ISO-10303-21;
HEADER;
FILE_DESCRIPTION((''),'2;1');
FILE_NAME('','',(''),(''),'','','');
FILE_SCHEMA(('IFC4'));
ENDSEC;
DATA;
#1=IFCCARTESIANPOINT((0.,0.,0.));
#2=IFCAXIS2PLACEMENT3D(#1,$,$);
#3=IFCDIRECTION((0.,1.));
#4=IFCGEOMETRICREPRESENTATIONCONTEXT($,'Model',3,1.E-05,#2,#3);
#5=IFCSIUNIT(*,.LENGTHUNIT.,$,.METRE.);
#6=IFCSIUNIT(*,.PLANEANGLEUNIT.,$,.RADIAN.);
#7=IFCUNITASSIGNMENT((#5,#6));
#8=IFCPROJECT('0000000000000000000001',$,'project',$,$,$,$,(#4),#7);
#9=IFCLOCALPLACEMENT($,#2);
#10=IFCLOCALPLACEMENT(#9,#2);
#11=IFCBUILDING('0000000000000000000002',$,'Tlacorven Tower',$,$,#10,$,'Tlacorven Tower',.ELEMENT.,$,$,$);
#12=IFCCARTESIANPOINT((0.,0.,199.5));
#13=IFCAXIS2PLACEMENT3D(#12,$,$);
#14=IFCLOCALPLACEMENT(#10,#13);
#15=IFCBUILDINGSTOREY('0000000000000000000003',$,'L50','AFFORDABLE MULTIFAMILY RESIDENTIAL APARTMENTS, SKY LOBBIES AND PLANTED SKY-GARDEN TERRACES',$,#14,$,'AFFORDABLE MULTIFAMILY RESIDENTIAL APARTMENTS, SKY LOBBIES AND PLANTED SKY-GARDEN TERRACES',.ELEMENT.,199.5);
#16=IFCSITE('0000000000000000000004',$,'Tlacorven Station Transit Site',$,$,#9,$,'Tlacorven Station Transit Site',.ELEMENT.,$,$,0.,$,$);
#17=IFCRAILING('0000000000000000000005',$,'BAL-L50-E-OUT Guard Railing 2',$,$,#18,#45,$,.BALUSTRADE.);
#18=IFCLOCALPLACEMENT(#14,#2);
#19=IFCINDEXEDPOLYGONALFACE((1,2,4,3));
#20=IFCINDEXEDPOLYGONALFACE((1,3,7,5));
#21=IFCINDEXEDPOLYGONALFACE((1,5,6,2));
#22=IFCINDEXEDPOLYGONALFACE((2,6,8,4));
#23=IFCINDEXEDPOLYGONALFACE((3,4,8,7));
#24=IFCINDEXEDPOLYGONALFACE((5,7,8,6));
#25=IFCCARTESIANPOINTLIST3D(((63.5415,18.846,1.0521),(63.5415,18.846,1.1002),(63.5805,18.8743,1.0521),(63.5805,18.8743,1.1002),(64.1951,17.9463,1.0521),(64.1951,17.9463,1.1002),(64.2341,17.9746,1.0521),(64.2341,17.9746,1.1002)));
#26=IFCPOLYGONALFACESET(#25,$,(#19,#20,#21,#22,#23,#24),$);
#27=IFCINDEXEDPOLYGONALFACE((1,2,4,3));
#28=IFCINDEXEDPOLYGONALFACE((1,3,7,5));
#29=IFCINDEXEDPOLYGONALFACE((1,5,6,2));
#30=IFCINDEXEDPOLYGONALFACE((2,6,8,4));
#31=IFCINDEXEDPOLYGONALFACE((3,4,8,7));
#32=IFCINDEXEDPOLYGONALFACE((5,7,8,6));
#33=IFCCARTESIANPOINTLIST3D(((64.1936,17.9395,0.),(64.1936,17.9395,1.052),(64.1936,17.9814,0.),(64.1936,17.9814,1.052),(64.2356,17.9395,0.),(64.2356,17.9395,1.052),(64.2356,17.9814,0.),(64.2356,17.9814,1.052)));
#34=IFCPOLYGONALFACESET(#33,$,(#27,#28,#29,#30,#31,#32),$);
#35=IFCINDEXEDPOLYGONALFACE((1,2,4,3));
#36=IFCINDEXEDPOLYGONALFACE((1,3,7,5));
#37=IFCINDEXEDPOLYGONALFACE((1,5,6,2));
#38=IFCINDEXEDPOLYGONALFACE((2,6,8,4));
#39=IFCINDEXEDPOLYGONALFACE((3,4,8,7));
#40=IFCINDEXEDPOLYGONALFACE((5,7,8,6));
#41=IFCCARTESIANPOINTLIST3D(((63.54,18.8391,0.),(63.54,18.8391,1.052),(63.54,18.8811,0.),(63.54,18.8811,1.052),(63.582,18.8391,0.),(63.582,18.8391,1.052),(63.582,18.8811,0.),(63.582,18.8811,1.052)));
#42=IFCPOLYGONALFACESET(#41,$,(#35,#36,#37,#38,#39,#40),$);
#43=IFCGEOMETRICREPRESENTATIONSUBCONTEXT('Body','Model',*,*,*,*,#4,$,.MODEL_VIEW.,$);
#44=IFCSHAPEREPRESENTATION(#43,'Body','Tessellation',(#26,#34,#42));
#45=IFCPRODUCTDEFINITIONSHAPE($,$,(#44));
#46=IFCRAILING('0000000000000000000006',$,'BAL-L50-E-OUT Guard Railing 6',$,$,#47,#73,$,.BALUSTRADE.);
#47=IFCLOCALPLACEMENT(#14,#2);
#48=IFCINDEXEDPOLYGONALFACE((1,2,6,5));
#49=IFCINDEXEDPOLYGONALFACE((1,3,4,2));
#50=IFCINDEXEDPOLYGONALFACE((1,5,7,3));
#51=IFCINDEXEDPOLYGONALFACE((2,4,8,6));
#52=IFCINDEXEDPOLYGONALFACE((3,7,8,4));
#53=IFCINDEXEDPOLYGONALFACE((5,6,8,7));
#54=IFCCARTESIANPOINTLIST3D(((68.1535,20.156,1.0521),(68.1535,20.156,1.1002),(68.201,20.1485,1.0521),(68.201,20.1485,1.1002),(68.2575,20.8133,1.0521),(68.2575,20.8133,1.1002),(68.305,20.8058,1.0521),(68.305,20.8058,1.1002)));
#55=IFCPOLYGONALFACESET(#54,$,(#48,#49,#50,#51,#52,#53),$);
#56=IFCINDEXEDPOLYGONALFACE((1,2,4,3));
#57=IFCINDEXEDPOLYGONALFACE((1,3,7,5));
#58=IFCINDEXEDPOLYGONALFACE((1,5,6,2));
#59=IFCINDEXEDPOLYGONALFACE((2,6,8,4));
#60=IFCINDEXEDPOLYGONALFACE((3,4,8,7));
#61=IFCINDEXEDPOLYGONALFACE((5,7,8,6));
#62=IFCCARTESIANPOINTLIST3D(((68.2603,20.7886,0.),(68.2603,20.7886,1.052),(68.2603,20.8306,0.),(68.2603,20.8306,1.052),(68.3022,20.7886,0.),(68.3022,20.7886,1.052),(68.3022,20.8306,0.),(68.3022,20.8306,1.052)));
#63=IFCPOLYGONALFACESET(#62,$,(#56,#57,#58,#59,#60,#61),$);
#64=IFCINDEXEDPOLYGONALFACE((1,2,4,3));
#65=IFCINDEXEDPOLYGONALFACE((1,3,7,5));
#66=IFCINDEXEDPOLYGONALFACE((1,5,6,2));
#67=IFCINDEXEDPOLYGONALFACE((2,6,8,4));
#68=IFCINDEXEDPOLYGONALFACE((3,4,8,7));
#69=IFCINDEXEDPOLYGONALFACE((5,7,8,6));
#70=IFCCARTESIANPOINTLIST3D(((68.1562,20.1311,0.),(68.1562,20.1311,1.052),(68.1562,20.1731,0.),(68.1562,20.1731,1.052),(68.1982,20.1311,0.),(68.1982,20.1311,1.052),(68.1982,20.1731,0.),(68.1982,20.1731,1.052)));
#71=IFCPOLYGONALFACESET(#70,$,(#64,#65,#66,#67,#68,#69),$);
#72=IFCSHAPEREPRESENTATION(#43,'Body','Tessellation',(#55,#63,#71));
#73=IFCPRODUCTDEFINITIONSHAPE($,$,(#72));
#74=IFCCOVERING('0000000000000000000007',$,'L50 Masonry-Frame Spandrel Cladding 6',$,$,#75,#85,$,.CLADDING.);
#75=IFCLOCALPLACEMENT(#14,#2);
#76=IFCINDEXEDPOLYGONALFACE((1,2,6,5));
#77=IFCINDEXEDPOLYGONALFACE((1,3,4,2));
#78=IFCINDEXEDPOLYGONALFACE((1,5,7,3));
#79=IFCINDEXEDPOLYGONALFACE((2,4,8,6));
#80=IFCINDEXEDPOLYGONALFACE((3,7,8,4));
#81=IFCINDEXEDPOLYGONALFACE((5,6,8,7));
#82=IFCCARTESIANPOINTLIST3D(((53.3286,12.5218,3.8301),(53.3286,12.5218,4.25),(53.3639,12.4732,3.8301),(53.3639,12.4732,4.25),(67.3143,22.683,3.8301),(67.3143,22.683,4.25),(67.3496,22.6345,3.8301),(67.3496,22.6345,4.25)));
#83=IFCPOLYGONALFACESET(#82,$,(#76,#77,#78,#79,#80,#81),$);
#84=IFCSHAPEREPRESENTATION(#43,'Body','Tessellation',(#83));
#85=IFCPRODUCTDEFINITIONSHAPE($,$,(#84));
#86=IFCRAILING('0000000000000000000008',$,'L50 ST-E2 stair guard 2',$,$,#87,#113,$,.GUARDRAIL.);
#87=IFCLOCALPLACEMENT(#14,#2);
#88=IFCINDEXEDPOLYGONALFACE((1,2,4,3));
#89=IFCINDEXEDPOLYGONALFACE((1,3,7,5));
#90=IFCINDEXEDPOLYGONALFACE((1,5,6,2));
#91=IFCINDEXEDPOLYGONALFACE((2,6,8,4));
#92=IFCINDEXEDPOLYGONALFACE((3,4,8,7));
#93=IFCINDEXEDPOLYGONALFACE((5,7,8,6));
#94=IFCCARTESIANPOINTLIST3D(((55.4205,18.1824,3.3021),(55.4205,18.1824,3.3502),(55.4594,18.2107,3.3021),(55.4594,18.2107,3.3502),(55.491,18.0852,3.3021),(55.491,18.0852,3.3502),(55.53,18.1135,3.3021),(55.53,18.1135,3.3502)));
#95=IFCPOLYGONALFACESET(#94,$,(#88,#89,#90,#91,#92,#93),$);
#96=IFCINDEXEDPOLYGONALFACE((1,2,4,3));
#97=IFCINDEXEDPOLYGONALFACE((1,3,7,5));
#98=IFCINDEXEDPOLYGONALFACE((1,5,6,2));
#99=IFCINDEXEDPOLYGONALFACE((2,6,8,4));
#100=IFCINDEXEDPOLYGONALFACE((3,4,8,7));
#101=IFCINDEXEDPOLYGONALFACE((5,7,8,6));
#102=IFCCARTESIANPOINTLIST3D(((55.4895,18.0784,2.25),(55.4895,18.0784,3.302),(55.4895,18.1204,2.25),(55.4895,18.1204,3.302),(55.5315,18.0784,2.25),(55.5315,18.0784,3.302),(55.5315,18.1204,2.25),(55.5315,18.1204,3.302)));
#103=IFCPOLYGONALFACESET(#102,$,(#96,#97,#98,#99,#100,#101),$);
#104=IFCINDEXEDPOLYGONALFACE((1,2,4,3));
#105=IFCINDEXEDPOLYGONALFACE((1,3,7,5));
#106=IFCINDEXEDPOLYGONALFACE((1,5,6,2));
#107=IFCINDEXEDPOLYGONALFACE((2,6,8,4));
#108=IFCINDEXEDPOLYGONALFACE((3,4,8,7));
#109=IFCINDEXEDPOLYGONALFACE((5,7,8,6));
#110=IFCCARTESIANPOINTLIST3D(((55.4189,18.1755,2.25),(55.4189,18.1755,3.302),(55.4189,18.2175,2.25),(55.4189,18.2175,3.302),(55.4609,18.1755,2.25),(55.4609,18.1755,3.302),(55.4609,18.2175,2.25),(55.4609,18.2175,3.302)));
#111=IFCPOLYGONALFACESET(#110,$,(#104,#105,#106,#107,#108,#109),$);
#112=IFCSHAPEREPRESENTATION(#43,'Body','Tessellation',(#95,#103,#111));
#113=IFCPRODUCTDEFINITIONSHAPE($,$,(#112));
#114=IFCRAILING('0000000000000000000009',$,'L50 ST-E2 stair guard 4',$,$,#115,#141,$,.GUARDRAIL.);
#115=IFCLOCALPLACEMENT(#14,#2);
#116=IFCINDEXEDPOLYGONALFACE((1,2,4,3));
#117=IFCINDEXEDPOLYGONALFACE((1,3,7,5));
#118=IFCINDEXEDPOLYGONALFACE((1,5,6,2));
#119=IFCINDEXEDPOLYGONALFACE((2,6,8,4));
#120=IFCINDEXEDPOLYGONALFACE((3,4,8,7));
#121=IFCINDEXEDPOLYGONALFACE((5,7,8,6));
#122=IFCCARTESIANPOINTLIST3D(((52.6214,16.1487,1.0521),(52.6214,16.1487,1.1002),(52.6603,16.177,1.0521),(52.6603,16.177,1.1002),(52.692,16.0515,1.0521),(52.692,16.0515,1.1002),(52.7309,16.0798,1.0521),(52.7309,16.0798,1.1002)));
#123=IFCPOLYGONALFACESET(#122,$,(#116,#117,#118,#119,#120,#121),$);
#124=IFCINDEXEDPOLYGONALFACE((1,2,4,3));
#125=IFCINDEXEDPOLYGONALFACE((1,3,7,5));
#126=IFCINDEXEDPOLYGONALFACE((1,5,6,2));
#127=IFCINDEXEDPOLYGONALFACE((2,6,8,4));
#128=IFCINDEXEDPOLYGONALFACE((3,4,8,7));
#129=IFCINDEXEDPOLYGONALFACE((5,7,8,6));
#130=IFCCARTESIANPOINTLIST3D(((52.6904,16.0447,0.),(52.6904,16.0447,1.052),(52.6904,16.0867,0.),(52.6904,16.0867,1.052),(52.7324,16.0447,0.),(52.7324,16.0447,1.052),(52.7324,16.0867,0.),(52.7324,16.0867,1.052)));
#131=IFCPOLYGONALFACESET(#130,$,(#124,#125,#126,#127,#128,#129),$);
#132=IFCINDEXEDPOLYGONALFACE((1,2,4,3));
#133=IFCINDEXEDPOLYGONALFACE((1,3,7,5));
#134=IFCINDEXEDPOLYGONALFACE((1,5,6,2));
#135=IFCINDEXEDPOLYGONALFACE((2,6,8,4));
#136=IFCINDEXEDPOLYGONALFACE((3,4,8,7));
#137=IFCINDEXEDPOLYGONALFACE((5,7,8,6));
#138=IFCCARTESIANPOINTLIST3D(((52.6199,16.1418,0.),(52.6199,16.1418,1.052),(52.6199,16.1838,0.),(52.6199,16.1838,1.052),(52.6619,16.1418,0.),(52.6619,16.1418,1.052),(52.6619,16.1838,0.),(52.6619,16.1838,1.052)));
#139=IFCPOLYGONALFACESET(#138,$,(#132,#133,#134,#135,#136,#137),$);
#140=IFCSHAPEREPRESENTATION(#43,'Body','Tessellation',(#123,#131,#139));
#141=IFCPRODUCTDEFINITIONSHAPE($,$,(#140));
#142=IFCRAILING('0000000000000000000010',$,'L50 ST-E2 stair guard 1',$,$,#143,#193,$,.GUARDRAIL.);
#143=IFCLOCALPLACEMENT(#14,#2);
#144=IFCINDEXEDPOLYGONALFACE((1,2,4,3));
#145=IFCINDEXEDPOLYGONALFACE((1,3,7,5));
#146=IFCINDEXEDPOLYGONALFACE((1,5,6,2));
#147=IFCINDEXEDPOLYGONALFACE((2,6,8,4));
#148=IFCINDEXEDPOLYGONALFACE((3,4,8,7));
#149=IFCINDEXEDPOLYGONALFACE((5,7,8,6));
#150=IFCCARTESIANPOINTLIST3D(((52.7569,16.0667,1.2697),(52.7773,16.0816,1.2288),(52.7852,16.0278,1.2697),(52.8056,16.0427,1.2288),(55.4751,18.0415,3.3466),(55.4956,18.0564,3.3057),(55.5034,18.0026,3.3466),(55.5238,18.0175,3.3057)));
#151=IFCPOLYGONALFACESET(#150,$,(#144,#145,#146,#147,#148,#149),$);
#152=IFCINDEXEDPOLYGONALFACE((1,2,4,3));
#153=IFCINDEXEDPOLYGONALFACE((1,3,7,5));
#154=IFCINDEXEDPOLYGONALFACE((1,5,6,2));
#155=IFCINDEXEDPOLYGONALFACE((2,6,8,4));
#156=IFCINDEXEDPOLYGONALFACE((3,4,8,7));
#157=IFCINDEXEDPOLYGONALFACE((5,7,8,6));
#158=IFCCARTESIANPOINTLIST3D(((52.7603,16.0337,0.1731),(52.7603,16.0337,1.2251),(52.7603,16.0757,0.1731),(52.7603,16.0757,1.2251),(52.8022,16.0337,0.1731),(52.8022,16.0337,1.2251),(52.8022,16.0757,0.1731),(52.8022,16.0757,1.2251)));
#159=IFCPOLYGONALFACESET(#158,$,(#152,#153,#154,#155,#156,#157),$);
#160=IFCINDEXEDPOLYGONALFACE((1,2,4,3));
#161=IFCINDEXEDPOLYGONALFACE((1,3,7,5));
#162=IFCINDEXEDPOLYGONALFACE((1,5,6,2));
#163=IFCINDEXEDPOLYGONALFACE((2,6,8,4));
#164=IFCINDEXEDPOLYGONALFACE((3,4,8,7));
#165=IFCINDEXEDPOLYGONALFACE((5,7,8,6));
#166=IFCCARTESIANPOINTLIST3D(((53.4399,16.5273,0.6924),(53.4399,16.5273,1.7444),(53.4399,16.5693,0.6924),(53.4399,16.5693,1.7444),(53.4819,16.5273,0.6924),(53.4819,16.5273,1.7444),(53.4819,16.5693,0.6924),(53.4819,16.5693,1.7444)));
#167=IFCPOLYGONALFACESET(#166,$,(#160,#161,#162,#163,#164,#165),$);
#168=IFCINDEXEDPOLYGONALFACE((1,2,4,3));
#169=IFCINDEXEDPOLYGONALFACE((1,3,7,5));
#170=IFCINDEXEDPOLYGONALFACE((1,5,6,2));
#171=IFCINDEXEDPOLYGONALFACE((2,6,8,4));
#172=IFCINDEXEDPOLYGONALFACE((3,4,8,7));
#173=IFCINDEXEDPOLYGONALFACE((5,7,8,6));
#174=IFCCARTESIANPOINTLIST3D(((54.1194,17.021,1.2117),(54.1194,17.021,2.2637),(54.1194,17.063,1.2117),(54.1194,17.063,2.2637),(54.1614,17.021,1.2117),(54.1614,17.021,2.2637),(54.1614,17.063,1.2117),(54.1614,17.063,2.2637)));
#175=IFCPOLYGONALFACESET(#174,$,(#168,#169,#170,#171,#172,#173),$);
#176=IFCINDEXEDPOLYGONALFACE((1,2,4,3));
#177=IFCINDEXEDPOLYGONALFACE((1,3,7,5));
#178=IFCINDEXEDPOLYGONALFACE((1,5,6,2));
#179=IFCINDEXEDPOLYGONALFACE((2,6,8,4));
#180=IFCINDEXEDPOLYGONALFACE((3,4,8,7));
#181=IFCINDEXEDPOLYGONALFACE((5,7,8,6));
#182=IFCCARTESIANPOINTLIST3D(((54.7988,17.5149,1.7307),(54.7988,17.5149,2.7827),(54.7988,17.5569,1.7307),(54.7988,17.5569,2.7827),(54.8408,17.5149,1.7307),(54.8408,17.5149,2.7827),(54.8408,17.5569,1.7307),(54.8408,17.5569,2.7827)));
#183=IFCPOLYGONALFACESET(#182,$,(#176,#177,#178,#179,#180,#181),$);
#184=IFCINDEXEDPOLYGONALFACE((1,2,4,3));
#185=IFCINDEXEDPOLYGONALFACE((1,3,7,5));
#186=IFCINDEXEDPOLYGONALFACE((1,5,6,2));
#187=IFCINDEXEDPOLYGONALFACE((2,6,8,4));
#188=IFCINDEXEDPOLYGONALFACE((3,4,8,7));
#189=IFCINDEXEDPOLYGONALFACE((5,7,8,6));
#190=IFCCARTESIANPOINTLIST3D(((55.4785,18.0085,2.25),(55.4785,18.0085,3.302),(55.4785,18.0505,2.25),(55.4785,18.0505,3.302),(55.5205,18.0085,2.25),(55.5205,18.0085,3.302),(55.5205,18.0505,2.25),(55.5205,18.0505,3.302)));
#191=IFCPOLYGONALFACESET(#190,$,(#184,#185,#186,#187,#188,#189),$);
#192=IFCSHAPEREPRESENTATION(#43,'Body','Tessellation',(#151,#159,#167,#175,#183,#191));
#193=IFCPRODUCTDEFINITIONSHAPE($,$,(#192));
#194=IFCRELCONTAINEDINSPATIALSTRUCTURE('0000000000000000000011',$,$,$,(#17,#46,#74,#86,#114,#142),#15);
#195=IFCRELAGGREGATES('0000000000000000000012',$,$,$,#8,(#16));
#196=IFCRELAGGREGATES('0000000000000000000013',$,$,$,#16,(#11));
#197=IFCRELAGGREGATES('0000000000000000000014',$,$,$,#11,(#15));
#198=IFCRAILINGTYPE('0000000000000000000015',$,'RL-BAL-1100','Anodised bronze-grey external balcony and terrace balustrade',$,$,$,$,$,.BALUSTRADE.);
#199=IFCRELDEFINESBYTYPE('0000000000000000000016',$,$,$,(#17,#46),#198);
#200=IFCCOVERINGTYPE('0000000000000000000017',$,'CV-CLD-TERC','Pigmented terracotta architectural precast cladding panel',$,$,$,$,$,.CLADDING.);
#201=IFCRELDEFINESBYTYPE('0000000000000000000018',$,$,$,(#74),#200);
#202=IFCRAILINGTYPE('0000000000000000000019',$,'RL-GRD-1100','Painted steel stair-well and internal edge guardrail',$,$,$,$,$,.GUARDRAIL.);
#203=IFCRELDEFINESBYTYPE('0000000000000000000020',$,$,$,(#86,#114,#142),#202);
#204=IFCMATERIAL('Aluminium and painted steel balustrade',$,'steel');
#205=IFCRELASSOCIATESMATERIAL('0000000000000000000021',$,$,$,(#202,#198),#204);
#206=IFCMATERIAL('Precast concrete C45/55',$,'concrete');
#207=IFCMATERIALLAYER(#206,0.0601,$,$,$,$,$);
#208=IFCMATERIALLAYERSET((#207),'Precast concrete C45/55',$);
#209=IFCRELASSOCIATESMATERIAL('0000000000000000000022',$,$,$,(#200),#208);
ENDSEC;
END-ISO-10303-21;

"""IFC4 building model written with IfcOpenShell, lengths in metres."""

from ifc_helpers import new_model, si_unit, direction, frame, origin, origin_2d, place, context, subcontext, project, spatial, rectangle, extrude, source, transform, mapped, material, layer, layer_set, type_object, element, save


model = new_model("IFC4")

# Units and contexts
model_context = context("Model", 3, precision=1e-05, world=origin(), true_north=direction((0.0, 1.0)))
body_context = subcontext(model_context, "Body", "Model", "MODEL_VIEW")
ifc_project = project(units=[si_unit("LENGTHUNIT", "METRE"), si_unit("PLANEANGLEUNIT", "RADIAN")], contexts=[model_context])

# Site, building, storey
site_placement = place(None, origin())
site = spatial("IfcSite", under=ifc_project, at=site_placement, Name="Tlacorven Station Transit Site", LongName="Tlacorven Station Transit Site", CompositionType="ELEMENT", RefElevation=0.0)
building_placement = place(site_placement, origin())
building = spatial("IfcBuilding", under=site, at=building_placement, Name="Tlacorven Tower", LongName="Tlacorven Tower", CompositionType="ELEMENT")
storey_placement = place(building_placement, frame((0.0, 0.0, 199.5)))
storey = spatial("IfcBuildingStorey", under=building, at=storey_placement, Name="L50", Description="AFFORDABLE MULTIFAMILY RESIDENTIAL APARTMENTS, SKY LOBBIES AND PLANTED SKY-GARDEN TERRACES", LongName="AFFORDABLE MULTIFAMILY RESIDENTIAL APARTMENTS, SKY LOBBIES AND PLANTED SKY-GARDEN TERRACES", CompositionType="ELEMENT", Elevation=199.5)

# Railings
ifc_material_1 = material(Name="Aluminium and painted steel balustrade", Category="steel")
railing_type_1 = type_object("IfcRailingType", Name="RL-GRD-1100", Description="Painted steel stair-well and internal edge guardrail", PredefinedType="GUARDRAIL", material=ifc_material_1)
railing_type_2 = type_object("IfcRailingType", Name="RL-BAL-1100", Description="Anodised bronze-grey external balcony and terrace balustrade", PredefinedType="BALUSTRADE", material=ifc_material_1)
shared_shape_1 = source(origin(), body_context, "Body", "SweptSolid", [
    extrude(rectangle(XDim=0.0481, YDim=0.0481, at=origin_2d()), frame((0.0, 0.0, 1.0762), z_axis=(-0.587741, 0.809049, 0.0), x_axis=(-0.809049, -0.587741, 0.0)), (0.0, 0.0, 1.0), 1.1121),
    extrude(rectangle(XDim=0.042, YDim=0.042, at=origin_2d()), origin(), (0.0, 0.0, 1.0), 1.052),
    extrude(rectangle(XDim=0.042, YDim=0.042, at=origin_2d()), frame((-0.6536, 0.8997, 0.0)), (0.0, 0.0, 1.0), 1.052),
])
railing_1_placement = place(storey_placement, frame((64.2146, 17.9604, 0.0)))
element("IfcRailing", 1, at=railing_1_placement, inside=storey, type_object=railing_type_2, Name="BAL-L50-E-OUT Guard Railing 2", PredefinedType="BALUSTRADE", context=body_context, shape_type="MappedRepresentation", body=[
    mapped(shared_shape_1, transform((0.0, 0.0, 0.0), scale=1.0)),
])
shared_shape_2 = source(origin(), body_context, "Body", "SweptSolid", [
    extrude(rectangle(XDim=0.0481, YDim=0.0481, at=origin_2d()), frame((0.0, 0.0, 1.0762), z_axis=(-0.156245, -0.987718, 0.0), x_axis=(0.987718, -0.156245, 0.0)), (0.0, 0.0, 1.0), 0.6655),
    extrude(rectangle(XDim=0.042, YDim=0.042, at=origin_2d()), origin(), (0.0, 0.0, 1.0), 1.052),
    extrude(rectangle(XDim=0.042, YDim=0.042, at=origin_2d()), frame((-0.104, -0.6575, 0.0)), (0.0, 0.0, 1.0), 1.052),
])
railing_2_placement = place(storey_placement, frame((68.2812, 20.8096, 0.0)))
element("IfcRailing", 2, at=railing_2_placement, inside=storey, type_object=railing_type_2, Name="BAL-L50-E-OUT Guard Railing 6", PredefinedType="BALUSTRADE", context=body_context, shape_type="MappedRepresentation", body=[
    mapped(shared_shape_2, transform((0.0, 0.0, 0.0), scale=1.0)),
])

# Covering
ifc_material_2 = material(Name="Precast concrete C45/55", Category="concrete")
ifc_layer_1 = layer(ifc_material_2, 0.0601)
ifc_layer_set_1 = layer_set([ifc_layer_1], Name="Precast concrete C45/55")
covering_type = type_object("IfcCoveringType", Name="CV-CLD-TERC", Description="Pigmented terracotta architectural precast cladding panel", PredefinedType="CLADDING", material=ifc_layer_set_1)
shared_shape_3 = source(origin(), body_context, "Body", "SweptSolid", [
    extrude(rectangle(XDim=17.2874, YDim=0.0601, at=origin_2d()), origin(), (0.0, 0.0, 1.0), 0.4199),
])
covering_placement = place(storey_placement, frame((60.3391, 17.5781, 3.8301), z_axis=(0.0, 0.0, 1.0), x_axis=(-0.809017, -0.587785, 0.0)))
element("IfcCovering", 3, at=covering_placement, inside=storey, type_object=covering_type, Name="L50 Masonry-Frame Spandrel Cladding 6", PredefinedType="CLADDING", context=body_context, shape_type="MappedRepresentation", body=[
    mapped(shared_shape_3, transform((0.0, 0.0, 0.0), scale=1.0)),
])

# Railings
shared_shape_4 = source(origin(), body_context, "Body", "SweptSolid", [
    extrude(rectangle(XDim=0.0481, YDim=0.0481, at=origin_2d()), frame((0.0, 0.0, 1.0762), z_axis=(-0.587567, 0.809175, 0.0), x_axis=(-0.809175, -0.587567, 0.0)), (0.0, 0.0, 1.0), 0.1201),
    extrude(rectangle(XDim=0.042, YDim=0.042, at=origin_2d()), origin(), (0.0, 0.0, 1.0), 1.052),
    extrude(rectangle(XDim=0.042, YDim=0.042, at=origin_2d()), frame((-0.0706, 0.0972, 0.0)), (0.0, 0.0, 1.0), 1.052),
])
for number, where, name in (
    (4, (55.5105, 18.0994, 2.25), "L50 ST-E2 stair guard 2"),
    (5, (52.7114, 16.0657, 0.0), "L50 ST-E2 stair guard 4"),
):
    element("IfcRailing", number, at=place(storey_placement, frame(where)), inside=storey, type_object=railing_type_1, Name=name, PredefinedType="GUARDRAIL", context=body_context, shape_type="MappedRepresentation", body=[
        mapped(shared_shape_4, transform((0.0, 0.0, 0.0), scale=1.0)),
    ])
shared_shape_5 = source(origin(), body_context, "Body", "SweptSolid", [
    extrude(rectangle(XDim=0.0481, YDim=0.0481, at=origin_2d()), frame((0.0, 0.0, 1.0762), z_axis=(0.688167, 0.499963, 0.525798), x_axis=(-0.58777, 0.809028, 0.0)), (0.0, 0.0, 1.0), 3.95),
    extrude(rectangle(XDim=0.042, YDim=0.042, at=origin_2d()), origin(), (0.0, 0.0, 1.0), 1.052),
    extrude(rectangle(XDim=0.042, YDim=0.042, at=origin_2d()), frame((0.6797, 0.4937, 0.5193)), (0.0, 0.0, 1.0), 1.052),
    extrude(rectangle(XDim=0.042, YDim=0.042, at=origin_2d()), frame((1.3591, 0.9873, 1.0386)), (0.0, 0.0, 1.0), 1.052),
    extrude(rectangle(XDim=0.042, YDim=0.042, at=origin_2d()), frame((2.0386, 1.4812, 1.5576)), (0.0, 0.0, 1.0), 1.052),
    extrude(rectangle(XDim=0.042, YDim=0.042, at=origin_2d()), frame((2.7183, 1.9749, 2.0769)), (0.0, 0.0, 1.0), 1.052),
])
railing_3_placement = place(storey_placement, frame((52.7812, 16.0547, 0.1731)))
element("IfcRailing", 6, at=railing_3_placement, inside=storey, type_object=railing_type_1, Name="L50 ST-E2 stair guard 1", PredefinedType="GUARDRAIL", context=body_context, shape_type="MappedRepresentation", body=[
    mapped(shared_shape_5, transform((0.0, 0.0, 0.0), scale=1.0)),
])

save(model, "model.ifc")
